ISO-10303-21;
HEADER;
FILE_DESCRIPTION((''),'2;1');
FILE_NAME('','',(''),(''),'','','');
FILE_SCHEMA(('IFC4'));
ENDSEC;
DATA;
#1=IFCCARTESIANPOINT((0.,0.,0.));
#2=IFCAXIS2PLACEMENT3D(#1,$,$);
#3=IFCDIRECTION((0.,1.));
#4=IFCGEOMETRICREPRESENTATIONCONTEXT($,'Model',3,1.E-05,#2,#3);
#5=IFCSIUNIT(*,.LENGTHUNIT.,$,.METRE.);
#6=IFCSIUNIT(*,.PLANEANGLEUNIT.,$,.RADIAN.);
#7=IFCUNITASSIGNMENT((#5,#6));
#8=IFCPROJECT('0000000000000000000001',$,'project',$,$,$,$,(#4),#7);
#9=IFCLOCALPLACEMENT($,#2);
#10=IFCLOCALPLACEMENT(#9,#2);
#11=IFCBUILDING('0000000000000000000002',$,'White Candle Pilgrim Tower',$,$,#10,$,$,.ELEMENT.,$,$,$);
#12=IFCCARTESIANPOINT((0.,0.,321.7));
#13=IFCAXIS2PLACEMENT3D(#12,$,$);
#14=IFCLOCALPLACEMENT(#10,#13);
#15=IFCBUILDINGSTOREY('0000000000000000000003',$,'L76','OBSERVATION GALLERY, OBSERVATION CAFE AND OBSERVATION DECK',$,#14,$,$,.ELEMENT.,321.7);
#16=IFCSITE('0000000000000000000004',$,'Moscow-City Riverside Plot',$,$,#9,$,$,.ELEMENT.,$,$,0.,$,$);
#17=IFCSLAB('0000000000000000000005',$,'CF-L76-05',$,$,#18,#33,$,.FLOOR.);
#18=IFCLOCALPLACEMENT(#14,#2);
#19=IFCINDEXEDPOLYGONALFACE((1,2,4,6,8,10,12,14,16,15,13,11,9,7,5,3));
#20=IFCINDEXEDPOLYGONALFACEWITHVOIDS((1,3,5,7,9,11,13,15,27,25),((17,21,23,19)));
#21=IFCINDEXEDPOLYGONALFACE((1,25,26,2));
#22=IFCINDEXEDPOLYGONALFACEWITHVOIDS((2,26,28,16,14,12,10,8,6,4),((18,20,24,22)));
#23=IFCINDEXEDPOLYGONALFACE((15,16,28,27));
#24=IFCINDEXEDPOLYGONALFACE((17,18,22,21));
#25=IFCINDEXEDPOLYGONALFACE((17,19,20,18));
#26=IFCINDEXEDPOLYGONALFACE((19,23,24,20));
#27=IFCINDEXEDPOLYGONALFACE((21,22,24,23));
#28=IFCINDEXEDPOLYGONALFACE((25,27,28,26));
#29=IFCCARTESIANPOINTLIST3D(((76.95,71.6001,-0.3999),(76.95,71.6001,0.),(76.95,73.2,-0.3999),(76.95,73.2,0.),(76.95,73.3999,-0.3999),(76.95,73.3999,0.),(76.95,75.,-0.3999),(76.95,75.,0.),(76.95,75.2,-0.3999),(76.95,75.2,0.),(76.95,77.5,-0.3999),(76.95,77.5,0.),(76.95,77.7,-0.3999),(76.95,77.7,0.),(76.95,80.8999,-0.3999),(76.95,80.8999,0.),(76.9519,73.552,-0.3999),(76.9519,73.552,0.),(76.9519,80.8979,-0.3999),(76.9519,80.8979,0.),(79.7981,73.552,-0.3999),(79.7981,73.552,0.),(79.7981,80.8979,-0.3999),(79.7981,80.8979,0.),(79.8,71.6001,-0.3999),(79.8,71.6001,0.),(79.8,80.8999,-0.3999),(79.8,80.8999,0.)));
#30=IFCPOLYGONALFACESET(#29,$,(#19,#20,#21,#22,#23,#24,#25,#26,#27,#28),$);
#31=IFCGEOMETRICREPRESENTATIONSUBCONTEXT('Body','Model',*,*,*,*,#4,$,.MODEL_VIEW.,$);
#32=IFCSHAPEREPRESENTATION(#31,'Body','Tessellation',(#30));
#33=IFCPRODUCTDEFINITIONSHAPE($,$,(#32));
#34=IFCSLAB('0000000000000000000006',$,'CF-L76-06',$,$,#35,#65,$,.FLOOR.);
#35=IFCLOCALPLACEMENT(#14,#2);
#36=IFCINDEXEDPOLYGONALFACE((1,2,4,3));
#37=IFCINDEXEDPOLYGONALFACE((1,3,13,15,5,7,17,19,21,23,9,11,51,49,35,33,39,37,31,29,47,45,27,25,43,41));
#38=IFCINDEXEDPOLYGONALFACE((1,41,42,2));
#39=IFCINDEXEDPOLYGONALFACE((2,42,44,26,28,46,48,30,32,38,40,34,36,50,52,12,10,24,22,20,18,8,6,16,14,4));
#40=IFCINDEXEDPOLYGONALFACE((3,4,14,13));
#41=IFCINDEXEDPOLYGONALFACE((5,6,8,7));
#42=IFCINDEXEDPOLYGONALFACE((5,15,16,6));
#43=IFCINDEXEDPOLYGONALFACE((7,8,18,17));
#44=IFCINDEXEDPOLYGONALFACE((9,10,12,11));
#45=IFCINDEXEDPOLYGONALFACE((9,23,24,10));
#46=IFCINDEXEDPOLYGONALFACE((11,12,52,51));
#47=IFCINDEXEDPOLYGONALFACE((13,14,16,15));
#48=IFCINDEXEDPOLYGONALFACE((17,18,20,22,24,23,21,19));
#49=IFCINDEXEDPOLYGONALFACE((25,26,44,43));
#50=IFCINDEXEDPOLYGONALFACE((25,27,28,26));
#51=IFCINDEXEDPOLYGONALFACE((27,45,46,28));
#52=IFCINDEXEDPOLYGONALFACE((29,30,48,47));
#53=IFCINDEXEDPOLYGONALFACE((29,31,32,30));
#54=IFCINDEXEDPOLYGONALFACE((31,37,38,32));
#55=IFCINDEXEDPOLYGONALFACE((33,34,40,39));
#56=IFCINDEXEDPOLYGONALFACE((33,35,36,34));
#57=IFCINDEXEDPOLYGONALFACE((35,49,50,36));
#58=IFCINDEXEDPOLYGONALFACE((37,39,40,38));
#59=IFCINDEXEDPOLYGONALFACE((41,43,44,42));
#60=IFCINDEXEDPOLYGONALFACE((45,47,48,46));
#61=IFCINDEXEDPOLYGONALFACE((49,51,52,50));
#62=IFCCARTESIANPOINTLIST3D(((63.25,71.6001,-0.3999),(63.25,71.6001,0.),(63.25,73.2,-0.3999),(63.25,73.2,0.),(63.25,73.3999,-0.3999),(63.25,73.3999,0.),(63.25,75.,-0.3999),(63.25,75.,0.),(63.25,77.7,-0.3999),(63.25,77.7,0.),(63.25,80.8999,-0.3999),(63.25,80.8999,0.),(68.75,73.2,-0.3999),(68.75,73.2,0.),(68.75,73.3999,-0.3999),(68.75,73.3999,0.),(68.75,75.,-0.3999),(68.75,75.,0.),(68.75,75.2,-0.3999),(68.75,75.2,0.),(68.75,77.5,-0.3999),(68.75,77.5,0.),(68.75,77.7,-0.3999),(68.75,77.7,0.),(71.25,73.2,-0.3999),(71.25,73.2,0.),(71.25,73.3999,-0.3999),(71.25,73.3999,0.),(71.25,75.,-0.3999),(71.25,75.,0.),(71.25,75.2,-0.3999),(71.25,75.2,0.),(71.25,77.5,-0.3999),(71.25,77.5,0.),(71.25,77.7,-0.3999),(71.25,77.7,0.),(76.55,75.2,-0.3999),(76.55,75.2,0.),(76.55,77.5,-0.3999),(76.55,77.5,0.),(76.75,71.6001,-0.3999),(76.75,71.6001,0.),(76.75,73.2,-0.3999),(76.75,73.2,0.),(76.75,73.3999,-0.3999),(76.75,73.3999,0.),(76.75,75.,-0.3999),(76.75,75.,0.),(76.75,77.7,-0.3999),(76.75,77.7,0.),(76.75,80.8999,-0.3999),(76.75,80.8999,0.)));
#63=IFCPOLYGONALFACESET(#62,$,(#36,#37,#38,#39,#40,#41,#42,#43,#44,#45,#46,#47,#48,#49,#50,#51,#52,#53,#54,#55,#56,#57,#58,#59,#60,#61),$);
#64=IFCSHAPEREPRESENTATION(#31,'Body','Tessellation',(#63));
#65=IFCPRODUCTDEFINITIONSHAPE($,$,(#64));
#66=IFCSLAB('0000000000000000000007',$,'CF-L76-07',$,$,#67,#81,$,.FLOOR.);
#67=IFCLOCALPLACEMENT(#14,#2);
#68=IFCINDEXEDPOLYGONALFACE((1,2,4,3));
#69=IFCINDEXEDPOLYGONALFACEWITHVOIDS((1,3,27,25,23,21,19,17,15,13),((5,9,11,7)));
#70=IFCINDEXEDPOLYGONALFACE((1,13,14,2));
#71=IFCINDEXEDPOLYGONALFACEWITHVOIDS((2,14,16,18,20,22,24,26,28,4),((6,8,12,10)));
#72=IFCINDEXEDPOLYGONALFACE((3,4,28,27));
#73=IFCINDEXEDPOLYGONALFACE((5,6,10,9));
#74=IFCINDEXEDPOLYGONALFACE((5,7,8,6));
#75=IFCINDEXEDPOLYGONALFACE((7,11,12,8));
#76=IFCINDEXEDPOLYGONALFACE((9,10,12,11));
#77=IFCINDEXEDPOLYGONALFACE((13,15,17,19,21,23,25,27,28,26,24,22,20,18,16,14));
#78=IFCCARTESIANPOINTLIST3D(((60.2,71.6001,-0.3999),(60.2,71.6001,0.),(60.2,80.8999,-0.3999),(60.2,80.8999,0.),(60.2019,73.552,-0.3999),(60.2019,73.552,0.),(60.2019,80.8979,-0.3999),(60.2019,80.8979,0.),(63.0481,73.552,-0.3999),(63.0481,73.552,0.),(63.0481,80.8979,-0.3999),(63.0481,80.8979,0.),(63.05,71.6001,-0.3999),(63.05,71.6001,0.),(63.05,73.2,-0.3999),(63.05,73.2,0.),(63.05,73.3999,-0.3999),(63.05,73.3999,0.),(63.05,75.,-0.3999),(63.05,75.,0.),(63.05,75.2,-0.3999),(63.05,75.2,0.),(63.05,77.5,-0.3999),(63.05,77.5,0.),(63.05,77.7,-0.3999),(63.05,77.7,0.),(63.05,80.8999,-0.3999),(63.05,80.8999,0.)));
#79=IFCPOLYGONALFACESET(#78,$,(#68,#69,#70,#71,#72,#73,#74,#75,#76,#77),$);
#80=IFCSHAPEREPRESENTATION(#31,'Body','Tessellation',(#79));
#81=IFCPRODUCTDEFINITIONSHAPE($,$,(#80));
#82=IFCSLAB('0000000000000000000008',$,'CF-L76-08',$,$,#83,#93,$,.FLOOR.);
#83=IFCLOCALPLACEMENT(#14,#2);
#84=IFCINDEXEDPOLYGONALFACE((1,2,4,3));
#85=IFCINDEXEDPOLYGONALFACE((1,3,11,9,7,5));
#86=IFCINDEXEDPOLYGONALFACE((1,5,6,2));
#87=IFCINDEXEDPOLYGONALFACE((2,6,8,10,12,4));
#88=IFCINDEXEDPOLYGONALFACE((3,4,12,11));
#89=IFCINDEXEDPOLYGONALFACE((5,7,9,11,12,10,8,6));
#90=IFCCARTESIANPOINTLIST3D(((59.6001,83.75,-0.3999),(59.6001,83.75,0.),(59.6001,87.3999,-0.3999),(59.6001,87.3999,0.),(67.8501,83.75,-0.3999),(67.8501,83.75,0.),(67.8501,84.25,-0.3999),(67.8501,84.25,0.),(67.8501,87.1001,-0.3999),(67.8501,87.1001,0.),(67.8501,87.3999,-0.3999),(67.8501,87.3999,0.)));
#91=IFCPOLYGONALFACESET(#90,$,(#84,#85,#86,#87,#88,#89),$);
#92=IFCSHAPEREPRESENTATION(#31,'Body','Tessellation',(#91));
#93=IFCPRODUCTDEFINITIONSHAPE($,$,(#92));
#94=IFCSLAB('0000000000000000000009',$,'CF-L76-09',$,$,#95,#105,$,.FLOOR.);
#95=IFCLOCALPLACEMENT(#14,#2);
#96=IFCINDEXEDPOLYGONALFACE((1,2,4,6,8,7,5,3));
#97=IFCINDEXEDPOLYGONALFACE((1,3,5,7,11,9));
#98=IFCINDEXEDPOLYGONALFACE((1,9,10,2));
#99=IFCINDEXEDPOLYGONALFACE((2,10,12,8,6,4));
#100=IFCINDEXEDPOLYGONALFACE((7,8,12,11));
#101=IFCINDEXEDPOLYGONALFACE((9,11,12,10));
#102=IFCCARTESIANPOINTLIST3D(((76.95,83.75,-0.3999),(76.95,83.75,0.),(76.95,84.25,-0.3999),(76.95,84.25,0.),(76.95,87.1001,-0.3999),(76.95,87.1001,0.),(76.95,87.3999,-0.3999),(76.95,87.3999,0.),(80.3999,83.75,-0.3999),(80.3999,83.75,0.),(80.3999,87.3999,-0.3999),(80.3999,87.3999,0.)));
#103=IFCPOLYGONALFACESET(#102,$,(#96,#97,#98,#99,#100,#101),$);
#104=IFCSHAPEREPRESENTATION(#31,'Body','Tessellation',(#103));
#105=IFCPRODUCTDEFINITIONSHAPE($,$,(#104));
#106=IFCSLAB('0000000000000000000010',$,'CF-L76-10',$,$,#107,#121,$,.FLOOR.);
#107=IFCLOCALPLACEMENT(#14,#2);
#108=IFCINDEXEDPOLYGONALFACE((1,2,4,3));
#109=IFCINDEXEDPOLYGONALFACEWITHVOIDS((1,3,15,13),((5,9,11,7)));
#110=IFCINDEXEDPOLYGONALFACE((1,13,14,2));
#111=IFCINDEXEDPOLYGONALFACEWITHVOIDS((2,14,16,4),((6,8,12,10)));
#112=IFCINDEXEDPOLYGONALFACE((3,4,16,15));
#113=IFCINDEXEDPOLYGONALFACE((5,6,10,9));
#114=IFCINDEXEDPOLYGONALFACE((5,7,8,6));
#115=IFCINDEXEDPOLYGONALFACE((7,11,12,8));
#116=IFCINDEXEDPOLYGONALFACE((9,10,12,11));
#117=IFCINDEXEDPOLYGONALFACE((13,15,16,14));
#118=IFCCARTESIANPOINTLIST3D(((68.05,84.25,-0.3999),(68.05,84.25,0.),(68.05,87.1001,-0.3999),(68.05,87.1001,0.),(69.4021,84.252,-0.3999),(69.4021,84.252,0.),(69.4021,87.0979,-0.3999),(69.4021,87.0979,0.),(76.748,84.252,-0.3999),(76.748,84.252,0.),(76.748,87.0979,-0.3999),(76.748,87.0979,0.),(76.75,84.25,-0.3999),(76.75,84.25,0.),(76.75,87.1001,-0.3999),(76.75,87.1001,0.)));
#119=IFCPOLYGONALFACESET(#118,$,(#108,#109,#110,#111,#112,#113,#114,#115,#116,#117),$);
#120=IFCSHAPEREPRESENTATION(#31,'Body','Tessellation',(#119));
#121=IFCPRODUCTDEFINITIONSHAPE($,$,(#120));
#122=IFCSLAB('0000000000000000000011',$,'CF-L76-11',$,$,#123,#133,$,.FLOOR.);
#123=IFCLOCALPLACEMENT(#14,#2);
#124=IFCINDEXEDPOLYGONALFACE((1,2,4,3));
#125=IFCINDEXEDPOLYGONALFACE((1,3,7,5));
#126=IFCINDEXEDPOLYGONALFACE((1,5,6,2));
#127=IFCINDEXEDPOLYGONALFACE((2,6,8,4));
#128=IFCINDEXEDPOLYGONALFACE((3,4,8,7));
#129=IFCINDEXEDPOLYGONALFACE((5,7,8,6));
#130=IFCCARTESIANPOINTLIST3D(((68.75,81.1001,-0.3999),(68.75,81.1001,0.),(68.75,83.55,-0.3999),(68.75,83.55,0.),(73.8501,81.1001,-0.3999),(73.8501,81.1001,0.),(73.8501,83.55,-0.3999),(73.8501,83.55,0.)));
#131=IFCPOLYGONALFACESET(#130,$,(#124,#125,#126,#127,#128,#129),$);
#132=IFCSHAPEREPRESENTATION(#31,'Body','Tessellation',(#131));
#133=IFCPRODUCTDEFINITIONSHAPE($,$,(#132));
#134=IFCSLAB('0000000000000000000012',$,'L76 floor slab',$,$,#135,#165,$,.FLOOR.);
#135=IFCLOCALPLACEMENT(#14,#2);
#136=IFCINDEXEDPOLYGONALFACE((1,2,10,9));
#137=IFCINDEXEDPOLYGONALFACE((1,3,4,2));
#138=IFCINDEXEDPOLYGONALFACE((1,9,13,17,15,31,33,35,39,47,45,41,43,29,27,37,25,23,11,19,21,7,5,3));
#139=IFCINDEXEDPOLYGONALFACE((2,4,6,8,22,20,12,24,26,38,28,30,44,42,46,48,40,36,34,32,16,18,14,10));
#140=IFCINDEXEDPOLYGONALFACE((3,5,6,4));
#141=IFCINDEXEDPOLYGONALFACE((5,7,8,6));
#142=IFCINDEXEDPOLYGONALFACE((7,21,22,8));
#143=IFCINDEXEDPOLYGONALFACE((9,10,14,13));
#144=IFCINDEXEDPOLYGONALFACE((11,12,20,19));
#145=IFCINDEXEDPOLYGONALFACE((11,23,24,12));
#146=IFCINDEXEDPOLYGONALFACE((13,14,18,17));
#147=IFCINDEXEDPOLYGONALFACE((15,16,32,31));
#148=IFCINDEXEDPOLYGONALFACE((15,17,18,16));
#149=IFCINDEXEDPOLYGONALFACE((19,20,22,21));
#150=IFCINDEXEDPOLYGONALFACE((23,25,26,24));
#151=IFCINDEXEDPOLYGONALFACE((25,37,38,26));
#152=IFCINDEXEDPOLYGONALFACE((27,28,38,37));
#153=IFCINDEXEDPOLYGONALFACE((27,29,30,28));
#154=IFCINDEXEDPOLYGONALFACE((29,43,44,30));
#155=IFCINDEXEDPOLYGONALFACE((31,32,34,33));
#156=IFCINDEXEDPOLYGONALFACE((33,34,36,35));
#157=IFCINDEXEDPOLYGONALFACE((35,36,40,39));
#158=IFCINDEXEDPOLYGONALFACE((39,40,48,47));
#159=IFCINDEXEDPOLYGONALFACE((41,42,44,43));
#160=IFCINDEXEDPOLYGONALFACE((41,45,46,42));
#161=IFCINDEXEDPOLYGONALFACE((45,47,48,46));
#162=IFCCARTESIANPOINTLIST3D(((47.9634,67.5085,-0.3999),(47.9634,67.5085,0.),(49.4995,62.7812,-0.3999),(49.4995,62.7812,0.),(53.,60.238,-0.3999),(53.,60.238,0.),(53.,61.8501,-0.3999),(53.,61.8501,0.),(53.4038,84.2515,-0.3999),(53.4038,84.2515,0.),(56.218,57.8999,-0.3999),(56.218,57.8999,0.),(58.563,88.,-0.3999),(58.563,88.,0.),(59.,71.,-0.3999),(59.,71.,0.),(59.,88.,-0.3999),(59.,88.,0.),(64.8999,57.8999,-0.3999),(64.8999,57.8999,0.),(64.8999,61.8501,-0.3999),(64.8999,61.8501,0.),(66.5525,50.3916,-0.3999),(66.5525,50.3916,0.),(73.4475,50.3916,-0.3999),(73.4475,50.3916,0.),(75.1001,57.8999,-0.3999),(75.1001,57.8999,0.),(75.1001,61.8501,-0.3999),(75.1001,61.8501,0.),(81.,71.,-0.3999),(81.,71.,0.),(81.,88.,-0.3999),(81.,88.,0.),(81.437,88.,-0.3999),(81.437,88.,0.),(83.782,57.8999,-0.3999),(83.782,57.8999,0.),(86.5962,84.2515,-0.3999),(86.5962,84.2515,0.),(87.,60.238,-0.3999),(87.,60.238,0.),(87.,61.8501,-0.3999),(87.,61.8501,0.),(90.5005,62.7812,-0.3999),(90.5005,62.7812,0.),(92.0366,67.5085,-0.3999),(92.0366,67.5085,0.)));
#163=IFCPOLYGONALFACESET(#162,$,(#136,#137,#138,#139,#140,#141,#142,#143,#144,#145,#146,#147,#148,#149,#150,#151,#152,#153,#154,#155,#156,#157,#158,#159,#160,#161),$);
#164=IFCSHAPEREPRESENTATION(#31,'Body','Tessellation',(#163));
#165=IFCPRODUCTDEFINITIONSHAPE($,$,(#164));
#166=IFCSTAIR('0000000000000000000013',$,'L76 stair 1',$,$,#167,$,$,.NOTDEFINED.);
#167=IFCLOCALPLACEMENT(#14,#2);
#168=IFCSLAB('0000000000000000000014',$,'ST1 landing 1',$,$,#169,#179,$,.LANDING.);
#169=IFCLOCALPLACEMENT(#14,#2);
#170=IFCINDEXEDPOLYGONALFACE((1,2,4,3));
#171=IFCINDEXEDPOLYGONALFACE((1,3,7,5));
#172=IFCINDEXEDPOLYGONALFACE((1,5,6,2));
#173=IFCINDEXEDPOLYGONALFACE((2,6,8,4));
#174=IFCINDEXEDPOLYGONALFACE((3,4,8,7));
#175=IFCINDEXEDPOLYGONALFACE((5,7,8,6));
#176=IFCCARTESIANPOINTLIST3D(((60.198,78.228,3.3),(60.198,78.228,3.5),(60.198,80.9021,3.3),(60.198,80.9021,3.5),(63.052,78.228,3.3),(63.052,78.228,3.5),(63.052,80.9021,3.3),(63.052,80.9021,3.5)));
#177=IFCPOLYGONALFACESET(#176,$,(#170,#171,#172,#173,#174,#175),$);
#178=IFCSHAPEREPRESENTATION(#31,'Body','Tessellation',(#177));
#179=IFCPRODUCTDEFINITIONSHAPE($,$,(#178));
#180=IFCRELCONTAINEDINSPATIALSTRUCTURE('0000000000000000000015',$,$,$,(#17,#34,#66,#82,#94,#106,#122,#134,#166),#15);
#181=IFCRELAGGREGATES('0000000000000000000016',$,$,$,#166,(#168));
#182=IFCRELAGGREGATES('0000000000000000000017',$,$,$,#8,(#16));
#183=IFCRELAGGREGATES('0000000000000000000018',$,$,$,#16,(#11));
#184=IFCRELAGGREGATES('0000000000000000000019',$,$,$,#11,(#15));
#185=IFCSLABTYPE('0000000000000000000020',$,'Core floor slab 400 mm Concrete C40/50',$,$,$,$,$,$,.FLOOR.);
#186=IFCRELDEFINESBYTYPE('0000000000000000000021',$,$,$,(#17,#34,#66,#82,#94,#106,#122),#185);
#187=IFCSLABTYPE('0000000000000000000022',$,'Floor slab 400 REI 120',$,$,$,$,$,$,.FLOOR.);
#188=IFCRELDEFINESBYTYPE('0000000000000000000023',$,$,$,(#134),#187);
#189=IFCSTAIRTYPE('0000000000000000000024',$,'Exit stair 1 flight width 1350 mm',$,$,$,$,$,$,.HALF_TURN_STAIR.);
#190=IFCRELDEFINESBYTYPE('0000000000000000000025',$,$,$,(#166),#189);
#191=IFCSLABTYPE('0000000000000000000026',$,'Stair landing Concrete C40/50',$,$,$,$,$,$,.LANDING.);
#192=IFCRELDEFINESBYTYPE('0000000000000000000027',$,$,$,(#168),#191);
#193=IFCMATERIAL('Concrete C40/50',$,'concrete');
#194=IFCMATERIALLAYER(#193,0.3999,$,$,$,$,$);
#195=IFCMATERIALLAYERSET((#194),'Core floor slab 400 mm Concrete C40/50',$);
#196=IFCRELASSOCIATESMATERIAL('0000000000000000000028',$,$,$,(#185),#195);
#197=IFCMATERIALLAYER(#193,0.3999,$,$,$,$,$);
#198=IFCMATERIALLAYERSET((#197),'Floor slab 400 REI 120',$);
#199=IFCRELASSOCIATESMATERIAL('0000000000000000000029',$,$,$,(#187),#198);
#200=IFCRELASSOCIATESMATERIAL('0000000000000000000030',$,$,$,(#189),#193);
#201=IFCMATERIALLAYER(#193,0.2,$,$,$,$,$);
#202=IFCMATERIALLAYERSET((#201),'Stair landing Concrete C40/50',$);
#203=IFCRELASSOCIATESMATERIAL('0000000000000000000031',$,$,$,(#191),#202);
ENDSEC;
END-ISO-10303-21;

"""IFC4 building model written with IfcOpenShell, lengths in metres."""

from ifc_helpers import new_model, si_unit, direction, frame, origin, place, context, subcontext, project, spatial, polyline, outline, extrude, material, layer, layer_set, type_object, element, aggregate, save


model = new_model("IFC4")

# Units and contexts
model_context = context("Model", 3, precision=1e-05, world=origin(), true_north=direction((0.0, 1.0)))
body_context = subcontext(model_context, "Body", "Model", "MODEL_VIEW")
ifc_project = project(units=[si_unit("LENGTHUNIT", "METRE"), si_unit("PLANEANGLEUNIT", "RADIAN")], contexts=[model_context])

# Site, building, storey
site_placement = place(None, origin())
site = spatial("IfcSite", under=ifc_project, at=site_placement, Name="Moscow-City Riverside Plot", CompositionType="ELEMENT", RefElevation=0.0)
building_placement = place(site_placement, origin())
building = spatial("IfcBuilding", under=site, at=building_placement, Name="White Candle Pilgrim Tower", CompositionType="ELEMENT")
storey_placement = place(building_placement, frame((0.0, 0.0, 321.7)))
storey = spatial("IfcBuildingStorey", under=building, at=storey_placement, Name="L76", Description="OBSERVATION GALLERY, OBSERVATION CAFE AND OBSERVATION DECK", CompositionType="ELEMENT", Elevation=321.7)

# Slabs
ifc_material_1 = material(Name="Concrete C40/50", Category="concrete")
ifc_layer_1 = layer(ifc_material_1, 0.3999)
ifc_layer_set_1 = layer_set([ifc_layer_1], Name="Core floor slab 400 mm Concrete C40/50")
slab_type_1 = type_object("IfcSlabType", Name="Core floor slab 400 mm Concrete C40/50", PredefinedType="FLOOR", material=ifc_layer_set_1)
slab_1_placement = place(storey_placement, frame((0.0, 0.0, -0.3999)))
element("IfcSlab", 1, at=slab_1_placement, inside=storey, type_object=slab_type_1, Name="CF-L76-05", PredefinedType="FLOOR", context=body_context, shape_type="SweptSolid", body=[
    extrude(outline(polyline([(76.95, 71.6001), (76.95, 73.2), (76.95, 73.3999), (76.95, 75.0), (76.95, 75.2), (76.95, 77.5), (76.95, 77.7), (76.95, 80.8999), (79.8, 80.8999), (79.8, 71.6001), (76.95, 71.6001)]), holes=[polyline([(76.9519, 73.552), (79.7981, 73.552), (79.7981, 80.8979), (76.9519, 80.8979), (76.9519, 73.552)])]), origin(), (0.0, 0.0, 1.0), 0.3999),
])
slab_2_placement = place(storey_placement, frame((0.0, 0.0, -0.3999)))
element("IfcSlab", 2, at=slab_2_placement, inside=storey, type_object=slab_type_1, Name="CF-L76-06", PredefinedType="FLOOR", context=body_context, shape_type="SweptSolid", body=[
    extrude(outline(polyline([(63.25, 71.6001), (63.25, 73.2), (68.75, 73.2), (68.75, 73.3999), (63.25, 73.3999), (63.25, 75.0), (68.75, 75.0), (68.75, 75.2), (68.75, 77.5), (68.75, 77.7), (63.25, 77.7), (63.25, 80.8999), (76.75, 80.8999), (76.75, 77.7), (71.25, 77.7), (71.25, 77.5), (76.55, 77.5), (76.55, 75.2), (71.25, 75.2), (71.25, 75.0), (76.75, 75.0), (76.75, 73.3999), (71.25, 73.3999), (71.25, 73.2), (76.75, 73.2), (76.75, 71.6001), (63.25, 71.6001)])), origin(), (0.0, 0.0, 1.0), 0.3999),
])
slab_3_placement = place(storey_placement, frame((0.0, 0.0, -0.3999)))
element("IfcSlab", 3, at=slab_3_placement, inside=storey, type_object=slab_type_1, Name="CF-L76-07", PredefinedType="FLOOR", context=body_context, shape_type="SweptSolid", body=[
    extrude(outline(polyline([(60.2, 71.6001), (60.2, 80.8999), (63.05, 80.8999), (63.05, 77.7), (63.05, 77.5), (63.05, 75.2), (63.05, 75.0), (63.05, 73.3999), (63.05, 73.2), (63.05, 71.6001), (60.2, 71.6001)]), holes=[polyline([(60.2019, 73.552), (63.0481, 73.552), (63.0481, 80.8979), (60.2019, 80.8979), (60.2019, 73.552)])]), origin(), (0.0, 0.0, 1.0), 0.3999),
])
slab_4_placement = place(storey_placement, frame((0.0, 0.0, -0.3999)))
element("IfcSlab", 4, at=slab_4_placement, inside=storey, type_object=slab_type_1, Name="CF-L76-08", PredefinedType="FLOOR", context=body_context, shape_type="SweptSolid", body=[
    extrude(outline(polyline([(59.6001, 87.3999), (67.8501, 87.3999), (67.8501, 87.1001), (67.8501, 84.25), (67.8501, 83.75), (59.6001, 83.75), (59.6001, 87.3999)])), origin(), (0.0, 0.0, 1.0), 0.3999),
])
slab_5_placement = place(storey_placement, frame((0.0, 0.0, -0.3999)))
element("IfcSlab", 5, at=slab_5_placement, inside=storey, type_object=slab_type_1, Name="CF-L76-09", PredefinedType="FLOOR", context=body_context, shape_type="SweptSolid", body=[
    extrude(outline(polyline([(80.3999, 87.3999), (80.3999, 83.75), (76.95, 83.75), (76.95, 84.25), (76.95, 87.1001), (76.95, 87.3999), (80.3999, 87.3999)])), origin(), (0.0, 0.0, 1.0), 0.3999),
])
slab_6_placement = place(storey_placement, frame((0.0, 0.0, -0.3999)))
element("IfcSlab", 6, at=slab_6_placement, inside=storey, type_object=slab_type_1, Name="CF-L76-10", PredefinedType="FLOOR", context=body_context, shape_type="SweptSolid", body=[
    extrude(outline(polyline([(68.05, 87.1001), (76.75, 87.1001), (76.75, 84.25), (68.05, 84.25), (68.05, 87.1001)]), holes=[polyline([(69.4021, 87.0979), (69.4021, 84.252), (76.748, 84.252), (76.748, 87.0979), (69.4021, 87.0979)])]), origin(), (0.0, 0.0, 1.0), 0.3999),
])
slab_7_placement = place(storey_placement, frame((0.0, 0.0, -0.3999)))
element("IfcSlab", 7, at=slab_7_placement, inside=storey, type_object=slab_type_1, Name="CF-L76-11", PredefinedType="FLOOR", context=body_context, shape_type="SweptSolid", body=[
    extrude(outline(polyline([(73.8501, 83.55), (73.8501, 81.1001), (68.75, 81.1001), (68.75, 83.55), (73.8501, 83.55)])), origin(), (0.0, 0.0, 1.0), 0.3999),
])
ifc_layer_2 = layer(ifc_material_1, 0.3999)
ifc_layer_set_2 = layer_set([ifc_layer_2], Name="Floor slab 400 REI 120")
slab_type_2 = type_object("IfcSlabType", Name="Floor slab 400 REI 120", PredefinedType="FLOOR", material=ifc_layer_set_2)
slab_8_placement = place(storey_placement, frame((0.0, 0.0, -0.3999)))
element("IfcSlab", 8, at=slab_8_placement, inside=storey, type_object=slab_type_2, Name="L76 floor slab", PredefinedType="FLOOR", context=body_context, shape_type="SweptSolid", body=[
    extrude(outline(polyline([(66.5525, 50.3916), (73.4475, 50.3916), (83.782, 57.8999), (75.1001, 57.8999), (75.1001, 61.8501), (87.0, 61.8501), (87.0, 60.238), (90.5005, 62.7812), (92.0366, 67.5085), (86.5962, 84.2515), (81.437, 88.0), (81.0, 88.0), (81.0, 71.0), (59.0, 71.0), (59.0, 88.0), (58.563, 88.0), (53.4038, 84.2515), (47.9634, 67.5085), (49.4995, 62.7812), (53.0, 60.238), (53.0, 61.8501), (64.8999, 61.8501), (64.8999, 57.8999), (56.218, 57.8999), (66.5525, 50.3916)])), origin(), (0.0, 0.0, 1.0), 0.3999),
])

# Stair, slab
stair_type_1 = type_object("IfcStairType", Name="Exit stair 1 flight width 1350 mm", PredefinedType="HALF_TURN_STAIR", material=ifc_material_1)
stair_1_placement = place(storey_placement, origin())
stair_1 = element("IfcStair", 9, at=stair_1_placement, inside=storey, type_object=stair_type_1, Name="L76 stair 1", PredefinedType="NOTDEFINED")
ifc_layer_3 = layer(ifc_material_1, 0.2)
ifc_layer_set_3 = layer_set([ifc_layer_3], Name="Stair landing Concrete C40/50")
slab_type_3 = type_object("IfcSlabType", Name="Stair landing Concrete C40/50", PredefinedType="LANDING", material=ifc_layer_set_3)
slab_9_placement = place(storey_placement, frame((0.0, 0.0, 3.3)))
slab_9 = element("IfcSlab", 10, at=slab_9_placement, type_object=slab_type_3, Name="ST1 landing 1", PredefinedType="LANDING", context=body_context, shape_type="SweptSolid", body=[
    extrude(outline(polyline([(63.052, 78.228), (60.198, 78.228), (60.198, 80.9021), (63.052, 80.9021), (63.052, 78.228)])), origin(), (0.0, 0.0, 1.0), 0.2),
])
aggregate(stair_1, [slab_9])

save(model, "model.ifc")
